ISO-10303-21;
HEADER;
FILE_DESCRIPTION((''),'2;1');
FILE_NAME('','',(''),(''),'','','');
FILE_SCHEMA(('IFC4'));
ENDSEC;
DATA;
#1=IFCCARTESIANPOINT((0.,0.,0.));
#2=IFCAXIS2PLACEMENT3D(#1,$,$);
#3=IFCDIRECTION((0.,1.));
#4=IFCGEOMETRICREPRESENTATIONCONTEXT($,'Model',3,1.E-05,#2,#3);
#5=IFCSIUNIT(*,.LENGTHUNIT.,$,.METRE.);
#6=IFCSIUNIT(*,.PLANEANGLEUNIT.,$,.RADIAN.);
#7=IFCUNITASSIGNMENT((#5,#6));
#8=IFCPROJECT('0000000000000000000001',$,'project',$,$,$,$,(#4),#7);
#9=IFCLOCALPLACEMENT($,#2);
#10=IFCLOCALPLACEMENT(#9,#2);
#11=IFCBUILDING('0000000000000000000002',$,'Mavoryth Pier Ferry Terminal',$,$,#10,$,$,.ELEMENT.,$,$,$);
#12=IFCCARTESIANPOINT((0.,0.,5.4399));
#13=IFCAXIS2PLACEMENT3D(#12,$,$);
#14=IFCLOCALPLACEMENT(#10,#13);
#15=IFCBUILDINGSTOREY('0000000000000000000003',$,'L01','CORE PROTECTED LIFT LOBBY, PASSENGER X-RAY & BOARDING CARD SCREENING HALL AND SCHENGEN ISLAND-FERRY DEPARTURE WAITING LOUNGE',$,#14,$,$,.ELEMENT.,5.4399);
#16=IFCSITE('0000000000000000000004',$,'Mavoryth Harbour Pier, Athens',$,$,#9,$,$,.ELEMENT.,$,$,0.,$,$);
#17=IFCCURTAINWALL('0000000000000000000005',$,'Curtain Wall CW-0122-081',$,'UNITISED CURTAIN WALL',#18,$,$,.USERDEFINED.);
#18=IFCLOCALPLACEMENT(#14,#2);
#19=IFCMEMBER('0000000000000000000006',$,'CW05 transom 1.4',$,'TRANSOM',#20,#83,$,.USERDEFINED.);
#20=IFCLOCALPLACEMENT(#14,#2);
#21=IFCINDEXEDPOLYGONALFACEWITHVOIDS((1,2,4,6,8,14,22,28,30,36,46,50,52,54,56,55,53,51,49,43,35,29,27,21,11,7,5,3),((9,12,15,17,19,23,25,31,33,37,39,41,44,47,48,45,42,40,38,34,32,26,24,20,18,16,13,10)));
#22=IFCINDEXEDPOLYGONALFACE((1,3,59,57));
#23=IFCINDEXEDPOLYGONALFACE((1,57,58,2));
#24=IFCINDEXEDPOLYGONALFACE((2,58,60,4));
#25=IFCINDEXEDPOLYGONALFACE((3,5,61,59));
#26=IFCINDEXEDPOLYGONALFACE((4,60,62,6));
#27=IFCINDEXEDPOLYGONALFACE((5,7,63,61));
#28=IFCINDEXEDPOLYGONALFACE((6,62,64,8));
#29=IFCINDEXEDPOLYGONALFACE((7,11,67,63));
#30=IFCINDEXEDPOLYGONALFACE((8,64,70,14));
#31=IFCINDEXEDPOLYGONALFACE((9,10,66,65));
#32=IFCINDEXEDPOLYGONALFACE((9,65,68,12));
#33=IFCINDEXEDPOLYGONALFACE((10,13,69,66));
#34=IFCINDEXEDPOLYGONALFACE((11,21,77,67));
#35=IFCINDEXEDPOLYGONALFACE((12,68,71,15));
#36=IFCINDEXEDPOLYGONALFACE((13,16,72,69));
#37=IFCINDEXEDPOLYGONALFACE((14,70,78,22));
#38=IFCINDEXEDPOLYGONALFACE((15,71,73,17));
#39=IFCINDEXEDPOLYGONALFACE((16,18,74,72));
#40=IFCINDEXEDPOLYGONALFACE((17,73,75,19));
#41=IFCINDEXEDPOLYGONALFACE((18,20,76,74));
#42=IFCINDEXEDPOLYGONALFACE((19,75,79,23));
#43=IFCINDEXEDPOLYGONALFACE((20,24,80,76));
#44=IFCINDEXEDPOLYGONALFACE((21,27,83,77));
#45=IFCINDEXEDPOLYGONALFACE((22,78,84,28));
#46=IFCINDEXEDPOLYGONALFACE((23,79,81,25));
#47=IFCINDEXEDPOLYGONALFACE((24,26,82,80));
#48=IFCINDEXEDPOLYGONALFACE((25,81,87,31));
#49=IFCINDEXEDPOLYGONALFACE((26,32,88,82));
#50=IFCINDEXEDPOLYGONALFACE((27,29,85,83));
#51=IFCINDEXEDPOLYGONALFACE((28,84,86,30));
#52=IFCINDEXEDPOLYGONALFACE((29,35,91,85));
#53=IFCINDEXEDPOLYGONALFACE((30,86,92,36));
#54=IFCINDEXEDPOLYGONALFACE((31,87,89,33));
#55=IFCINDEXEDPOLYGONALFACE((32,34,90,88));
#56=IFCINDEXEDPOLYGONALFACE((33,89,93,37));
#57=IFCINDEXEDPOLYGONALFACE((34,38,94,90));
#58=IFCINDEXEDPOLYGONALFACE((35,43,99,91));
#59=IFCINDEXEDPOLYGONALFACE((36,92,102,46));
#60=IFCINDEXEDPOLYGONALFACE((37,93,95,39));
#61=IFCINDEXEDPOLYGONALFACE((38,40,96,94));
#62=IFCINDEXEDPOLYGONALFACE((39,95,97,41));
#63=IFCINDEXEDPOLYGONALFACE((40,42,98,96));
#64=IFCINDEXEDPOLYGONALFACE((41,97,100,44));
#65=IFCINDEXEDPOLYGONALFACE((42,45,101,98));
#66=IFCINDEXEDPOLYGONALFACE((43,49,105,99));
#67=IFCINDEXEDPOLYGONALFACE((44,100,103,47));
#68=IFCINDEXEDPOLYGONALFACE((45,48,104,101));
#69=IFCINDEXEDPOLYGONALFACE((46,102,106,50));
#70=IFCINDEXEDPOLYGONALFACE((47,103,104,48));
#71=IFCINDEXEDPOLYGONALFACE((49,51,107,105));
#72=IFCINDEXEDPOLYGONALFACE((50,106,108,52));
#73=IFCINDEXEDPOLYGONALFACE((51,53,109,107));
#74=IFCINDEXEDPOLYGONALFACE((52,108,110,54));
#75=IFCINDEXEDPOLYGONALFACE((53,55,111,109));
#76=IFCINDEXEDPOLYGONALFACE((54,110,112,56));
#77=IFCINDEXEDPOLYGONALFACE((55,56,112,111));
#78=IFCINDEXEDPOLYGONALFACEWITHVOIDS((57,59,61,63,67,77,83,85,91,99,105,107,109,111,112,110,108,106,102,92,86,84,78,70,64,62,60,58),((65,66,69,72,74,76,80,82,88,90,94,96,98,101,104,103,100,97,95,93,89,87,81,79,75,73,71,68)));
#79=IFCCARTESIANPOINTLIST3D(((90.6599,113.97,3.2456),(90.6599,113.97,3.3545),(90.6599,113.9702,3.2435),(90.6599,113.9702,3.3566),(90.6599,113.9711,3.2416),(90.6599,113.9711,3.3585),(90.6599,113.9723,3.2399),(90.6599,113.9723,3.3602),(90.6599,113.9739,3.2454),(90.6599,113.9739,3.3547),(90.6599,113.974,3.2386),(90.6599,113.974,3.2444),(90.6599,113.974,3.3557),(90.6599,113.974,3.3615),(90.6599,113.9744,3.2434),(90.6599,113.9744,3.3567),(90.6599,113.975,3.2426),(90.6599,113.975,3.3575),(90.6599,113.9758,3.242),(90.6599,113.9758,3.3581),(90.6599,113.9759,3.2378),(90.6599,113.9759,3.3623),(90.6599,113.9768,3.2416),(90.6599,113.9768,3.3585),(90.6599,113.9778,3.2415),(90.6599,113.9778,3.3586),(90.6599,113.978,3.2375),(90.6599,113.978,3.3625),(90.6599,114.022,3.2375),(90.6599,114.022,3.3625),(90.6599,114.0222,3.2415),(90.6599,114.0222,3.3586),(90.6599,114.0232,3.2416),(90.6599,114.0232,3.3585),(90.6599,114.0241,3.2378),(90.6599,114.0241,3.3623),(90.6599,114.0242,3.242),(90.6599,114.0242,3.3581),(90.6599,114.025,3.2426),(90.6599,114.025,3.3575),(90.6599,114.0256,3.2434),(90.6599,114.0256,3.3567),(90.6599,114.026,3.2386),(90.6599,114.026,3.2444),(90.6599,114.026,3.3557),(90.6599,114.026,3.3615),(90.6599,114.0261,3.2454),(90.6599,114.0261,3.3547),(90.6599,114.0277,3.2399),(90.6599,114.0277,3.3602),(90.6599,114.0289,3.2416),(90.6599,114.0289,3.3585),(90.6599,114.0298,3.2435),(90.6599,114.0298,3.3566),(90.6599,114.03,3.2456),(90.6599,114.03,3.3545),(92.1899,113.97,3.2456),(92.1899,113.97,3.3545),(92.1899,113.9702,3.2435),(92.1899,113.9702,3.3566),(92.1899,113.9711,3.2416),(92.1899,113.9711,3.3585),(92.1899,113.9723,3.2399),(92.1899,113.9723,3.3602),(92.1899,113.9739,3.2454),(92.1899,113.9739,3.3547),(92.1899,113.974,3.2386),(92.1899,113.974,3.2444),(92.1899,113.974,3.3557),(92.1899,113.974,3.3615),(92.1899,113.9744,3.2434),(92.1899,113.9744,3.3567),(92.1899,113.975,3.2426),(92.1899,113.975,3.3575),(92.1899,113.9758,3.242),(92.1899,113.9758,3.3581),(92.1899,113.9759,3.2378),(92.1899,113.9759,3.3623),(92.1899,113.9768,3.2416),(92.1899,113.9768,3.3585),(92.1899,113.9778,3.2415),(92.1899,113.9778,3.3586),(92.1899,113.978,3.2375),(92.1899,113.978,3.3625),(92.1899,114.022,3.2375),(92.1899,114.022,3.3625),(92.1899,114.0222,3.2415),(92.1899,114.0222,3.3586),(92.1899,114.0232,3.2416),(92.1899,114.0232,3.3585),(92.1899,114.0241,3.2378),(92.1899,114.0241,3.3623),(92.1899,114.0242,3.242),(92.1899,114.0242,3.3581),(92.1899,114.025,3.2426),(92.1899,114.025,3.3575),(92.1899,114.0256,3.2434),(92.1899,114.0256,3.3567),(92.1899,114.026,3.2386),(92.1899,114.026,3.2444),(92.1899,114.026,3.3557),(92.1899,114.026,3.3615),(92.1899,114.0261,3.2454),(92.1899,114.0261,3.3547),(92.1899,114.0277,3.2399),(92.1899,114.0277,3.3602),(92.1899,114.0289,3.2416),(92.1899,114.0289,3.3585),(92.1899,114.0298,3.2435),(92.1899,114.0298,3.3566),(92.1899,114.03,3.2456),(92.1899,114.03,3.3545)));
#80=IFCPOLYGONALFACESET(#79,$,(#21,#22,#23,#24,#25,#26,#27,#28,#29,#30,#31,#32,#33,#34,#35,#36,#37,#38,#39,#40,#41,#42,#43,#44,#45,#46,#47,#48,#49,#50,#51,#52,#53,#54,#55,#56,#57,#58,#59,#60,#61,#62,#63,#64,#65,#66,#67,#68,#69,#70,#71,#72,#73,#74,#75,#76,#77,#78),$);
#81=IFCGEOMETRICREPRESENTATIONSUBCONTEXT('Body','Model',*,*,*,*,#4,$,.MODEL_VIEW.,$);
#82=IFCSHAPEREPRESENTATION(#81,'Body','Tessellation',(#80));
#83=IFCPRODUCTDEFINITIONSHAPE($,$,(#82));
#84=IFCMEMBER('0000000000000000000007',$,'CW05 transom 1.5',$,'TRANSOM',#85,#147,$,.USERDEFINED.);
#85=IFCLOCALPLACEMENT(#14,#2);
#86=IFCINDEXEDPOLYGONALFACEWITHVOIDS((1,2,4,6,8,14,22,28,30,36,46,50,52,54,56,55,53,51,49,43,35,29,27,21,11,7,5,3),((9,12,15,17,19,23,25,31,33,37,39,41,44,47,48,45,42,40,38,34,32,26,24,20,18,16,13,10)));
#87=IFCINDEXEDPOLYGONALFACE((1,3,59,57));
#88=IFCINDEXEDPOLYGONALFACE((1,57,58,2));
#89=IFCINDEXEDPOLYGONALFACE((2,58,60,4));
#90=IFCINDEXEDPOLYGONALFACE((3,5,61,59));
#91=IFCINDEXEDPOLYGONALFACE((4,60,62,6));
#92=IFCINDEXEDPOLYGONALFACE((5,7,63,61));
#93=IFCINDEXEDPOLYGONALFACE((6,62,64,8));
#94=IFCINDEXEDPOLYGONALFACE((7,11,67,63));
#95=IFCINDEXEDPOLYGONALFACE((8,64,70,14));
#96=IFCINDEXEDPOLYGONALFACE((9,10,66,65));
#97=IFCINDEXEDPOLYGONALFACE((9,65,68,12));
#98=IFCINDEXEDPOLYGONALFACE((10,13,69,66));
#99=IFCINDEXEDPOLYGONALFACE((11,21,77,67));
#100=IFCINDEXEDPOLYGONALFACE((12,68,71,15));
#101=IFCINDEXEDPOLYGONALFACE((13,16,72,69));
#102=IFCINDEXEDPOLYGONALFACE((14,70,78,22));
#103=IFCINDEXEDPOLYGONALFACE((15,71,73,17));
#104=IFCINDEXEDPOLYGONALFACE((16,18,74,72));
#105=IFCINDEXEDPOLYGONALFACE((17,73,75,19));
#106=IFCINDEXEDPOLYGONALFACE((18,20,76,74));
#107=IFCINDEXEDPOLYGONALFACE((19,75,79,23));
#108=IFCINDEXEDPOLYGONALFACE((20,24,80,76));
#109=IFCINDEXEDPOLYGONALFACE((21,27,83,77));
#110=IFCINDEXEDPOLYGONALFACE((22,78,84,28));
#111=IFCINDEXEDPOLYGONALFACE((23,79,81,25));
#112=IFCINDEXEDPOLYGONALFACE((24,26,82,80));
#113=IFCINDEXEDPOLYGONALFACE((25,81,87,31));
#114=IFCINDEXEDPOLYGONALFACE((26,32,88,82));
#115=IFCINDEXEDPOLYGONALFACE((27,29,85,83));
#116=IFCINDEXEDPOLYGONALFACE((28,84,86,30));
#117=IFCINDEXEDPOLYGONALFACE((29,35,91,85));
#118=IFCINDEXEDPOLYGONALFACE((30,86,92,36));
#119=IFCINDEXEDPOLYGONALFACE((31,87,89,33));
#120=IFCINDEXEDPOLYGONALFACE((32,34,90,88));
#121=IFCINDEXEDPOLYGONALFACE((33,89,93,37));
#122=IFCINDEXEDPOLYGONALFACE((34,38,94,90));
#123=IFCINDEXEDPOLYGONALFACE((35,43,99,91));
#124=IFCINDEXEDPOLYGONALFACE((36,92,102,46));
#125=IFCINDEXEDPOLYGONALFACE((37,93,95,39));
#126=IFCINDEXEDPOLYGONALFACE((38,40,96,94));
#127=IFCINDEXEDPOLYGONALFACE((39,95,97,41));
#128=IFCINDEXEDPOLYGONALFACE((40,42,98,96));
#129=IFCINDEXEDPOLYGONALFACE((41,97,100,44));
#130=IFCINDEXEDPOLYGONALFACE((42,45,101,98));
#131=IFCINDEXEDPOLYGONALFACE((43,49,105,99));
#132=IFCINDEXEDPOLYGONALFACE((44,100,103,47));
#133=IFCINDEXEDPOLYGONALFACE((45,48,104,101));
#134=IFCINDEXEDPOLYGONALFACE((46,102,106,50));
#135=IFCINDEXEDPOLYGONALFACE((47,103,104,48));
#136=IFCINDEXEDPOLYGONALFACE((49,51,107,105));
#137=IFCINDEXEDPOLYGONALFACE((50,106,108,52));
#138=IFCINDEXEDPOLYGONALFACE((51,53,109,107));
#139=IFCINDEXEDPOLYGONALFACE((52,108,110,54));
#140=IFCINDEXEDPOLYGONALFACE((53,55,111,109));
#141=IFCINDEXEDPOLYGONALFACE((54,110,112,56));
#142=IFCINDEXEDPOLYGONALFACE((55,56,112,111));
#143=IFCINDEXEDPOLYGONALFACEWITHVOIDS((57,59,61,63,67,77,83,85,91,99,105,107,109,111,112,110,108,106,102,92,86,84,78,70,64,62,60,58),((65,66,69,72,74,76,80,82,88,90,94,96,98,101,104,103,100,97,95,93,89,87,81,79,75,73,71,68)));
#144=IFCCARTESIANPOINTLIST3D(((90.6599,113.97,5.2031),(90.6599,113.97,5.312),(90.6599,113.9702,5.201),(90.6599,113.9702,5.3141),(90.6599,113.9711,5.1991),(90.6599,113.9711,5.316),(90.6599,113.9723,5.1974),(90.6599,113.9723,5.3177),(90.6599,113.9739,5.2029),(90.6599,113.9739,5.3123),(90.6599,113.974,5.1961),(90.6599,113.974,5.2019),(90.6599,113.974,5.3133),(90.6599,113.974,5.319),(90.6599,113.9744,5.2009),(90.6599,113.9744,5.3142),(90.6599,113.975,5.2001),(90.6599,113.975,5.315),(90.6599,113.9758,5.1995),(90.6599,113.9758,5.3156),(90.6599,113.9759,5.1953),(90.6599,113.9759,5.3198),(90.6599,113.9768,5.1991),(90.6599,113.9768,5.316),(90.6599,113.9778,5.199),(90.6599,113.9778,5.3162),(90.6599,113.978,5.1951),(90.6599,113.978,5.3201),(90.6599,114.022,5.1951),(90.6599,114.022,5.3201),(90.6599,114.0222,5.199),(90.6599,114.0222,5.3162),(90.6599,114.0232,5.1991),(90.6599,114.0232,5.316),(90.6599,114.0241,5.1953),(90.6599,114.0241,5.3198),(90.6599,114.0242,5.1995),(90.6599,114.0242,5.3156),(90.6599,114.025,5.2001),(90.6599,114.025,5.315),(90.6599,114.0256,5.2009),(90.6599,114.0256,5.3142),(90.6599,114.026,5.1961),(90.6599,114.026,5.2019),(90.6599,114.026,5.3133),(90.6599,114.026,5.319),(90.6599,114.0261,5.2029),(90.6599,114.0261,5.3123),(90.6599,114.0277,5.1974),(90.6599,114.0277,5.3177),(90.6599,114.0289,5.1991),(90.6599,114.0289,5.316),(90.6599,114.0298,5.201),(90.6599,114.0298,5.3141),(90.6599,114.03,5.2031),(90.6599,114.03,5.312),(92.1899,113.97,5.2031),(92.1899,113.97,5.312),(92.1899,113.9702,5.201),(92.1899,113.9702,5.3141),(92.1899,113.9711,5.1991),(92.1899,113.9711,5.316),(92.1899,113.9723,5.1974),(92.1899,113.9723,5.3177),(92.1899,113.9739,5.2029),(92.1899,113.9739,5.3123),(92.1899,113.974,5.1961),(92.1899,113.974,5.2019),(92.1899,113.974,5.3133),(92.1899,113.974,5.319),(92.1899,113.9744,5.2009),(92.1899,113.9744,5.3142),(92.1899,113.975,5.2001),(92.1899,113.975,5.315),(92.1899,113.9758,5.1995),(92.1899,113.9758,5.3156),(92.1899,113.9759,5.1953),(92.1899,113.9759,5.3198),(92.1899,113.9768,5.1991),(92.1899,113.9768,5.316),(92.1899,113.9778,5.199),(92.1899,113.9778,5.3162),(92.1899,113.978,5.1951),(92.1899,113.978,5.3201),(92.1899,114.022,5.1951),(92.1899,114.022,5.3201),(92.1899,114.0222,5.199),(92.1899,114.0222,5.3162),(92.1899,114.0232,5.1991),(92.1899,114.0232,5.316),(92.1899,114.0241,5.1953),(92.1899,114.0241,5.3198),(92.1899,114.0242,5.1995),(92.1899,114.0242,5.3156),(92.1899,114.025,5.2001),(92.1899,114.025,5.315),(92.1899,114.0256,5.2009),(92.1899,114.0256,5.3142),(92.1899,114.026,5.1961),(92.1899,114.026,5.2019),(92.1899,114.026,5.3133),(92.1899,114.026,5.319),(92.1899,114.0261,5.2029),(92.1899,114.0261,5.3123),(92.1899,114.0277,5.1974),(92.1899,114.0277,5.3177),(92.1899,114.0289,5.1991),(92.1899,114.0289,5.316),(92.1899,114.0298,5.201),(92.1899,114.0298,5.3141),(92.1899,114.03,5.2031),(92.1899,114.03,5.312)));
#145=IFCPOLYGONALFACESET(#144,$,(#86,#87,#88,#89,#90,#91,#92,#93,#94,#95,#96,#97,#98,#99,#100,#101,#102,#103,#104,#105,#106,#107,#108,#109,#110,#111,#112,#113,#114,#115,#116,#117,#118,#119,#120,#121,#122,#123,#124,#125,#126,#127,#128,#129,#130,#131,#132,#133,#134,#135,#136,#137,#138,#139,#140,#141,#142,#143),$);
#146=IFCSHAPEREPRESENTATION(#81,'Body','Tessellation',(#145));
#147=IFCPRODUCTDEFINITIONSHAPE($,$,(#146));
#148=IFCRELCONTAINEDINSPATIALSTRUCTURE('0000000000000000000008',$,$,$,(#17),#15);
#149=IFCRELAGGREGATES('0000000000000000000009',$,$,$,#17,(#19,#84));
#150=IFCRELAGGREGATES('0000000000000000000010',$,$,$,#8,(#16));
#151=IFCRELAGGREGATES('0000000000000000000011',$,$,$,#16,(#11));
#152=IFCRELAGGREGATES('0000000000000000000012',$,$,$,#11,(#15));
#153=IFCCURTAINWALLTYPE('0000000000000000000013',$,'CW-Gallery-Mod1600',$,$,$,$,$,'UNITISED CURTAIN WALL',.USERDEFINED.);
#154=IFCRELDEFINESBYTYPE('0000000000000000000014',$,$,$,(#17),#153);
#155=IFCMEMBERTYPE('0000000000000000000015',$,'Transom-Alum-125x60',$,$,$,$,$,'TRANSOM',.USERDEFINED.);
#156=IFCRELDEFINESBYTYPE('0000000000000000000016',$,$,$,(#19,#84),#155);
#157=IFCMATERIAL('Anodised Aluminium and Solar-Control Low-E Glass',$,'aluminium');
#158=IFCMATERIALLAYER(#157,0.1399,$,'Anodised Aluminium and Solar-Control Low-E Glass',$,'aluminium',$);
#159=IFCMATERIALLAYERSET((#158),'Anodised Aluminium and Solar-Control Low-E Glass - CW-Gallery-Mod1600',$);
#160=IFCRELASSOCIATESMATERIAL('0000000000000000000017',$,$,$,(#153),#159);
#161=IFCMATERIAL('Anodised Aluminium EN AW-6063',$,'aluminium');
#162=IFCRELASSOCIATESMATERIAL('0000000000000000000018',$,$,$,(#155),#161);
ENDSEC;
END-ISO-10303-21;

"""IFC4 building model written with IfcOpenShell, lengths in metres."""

from ifc_helpers import new_model, si_unit, direction, frame, origin, origin_2d, place, context, subcontext, project, spatial, hollow_rectangle, extrude, material, layer, layer_set, material_profile, profile_set, type_object, element, aggregate, save


model = new_model("IFC4")

# Units and contexts
model_context = context("Model", 3, precision=1e-05, world=origin(), true_north=direction((0.0, 1.0)))
body_context = subcontext(model_context, "Body", "Model", "MODEL_VIEW")
ifc_project = project(units=[si_unit("LENGTHUNIT", "METRE"), si_unit("PLANEANGLEUNIT", "RADIAN")], contexts=[model_context])

# Site, building, storey
site_placement = place(None, origin())
site = spatial("IfcSite", under=ifc_project, at=site_placement, Name="Mavoryth Harbour Pier, Athens", CompositionType="ELEMENT", RefElevation=0.0)
building_placement = place(site_placement, origin())
building = spatial("IfcBuilding", under=site, at=building_placement, Name="Mavoryth Pier Ferry Terminal", CompositionType="ELEMENT")
storey_placement = place(building_placement, frame((0.0, 0.0, 5.4399)))
storey = spatial("IfcBuildingStorey", under=building, at=storey_placement, Name="L01", Description="CORE PROTECTED LIFT LOBBY, PASSENGER X-RAY & BOARDING CARD SCREENING HALL AND SCHENGEN ISLAND-FERRY DEPARTURE WAITING LOUNGE", CompositionType="ELEMENT", Elevation=5.4399)

# Curtain wall
ifc_material_1 = material(Name="Anodised Aluminium and Solar-Control Low-E Glass", Category="aluminium")
ifc_layer_1 = layer(ifc_material_1, 0.1399, Name="Anodised Aluminium and Solar-Control Low-E Glass", Category="aluminium")
ifc_layer_set_1 = layer_set([ifc_layer_1], Name="Anodised Aluminium and Solar-Control Low-E Glass - CW-Gallery-Mod1600")
curtain_wall_type = type_object("IfcCurtainWallType", Name="CW-Gallery-Mod1600", ElementType="UNITISED CURTAIN WALL", PredefinedType="USERDEFINED", material=ifc_layer_set_1)
curtain_wall_1_placement = place(storey_placement, origin())
curtain_wall_1 = element("IfcCurtainWall", 1, at=curtain_wall_1_placement, inside=storey, type_object=curtain_wall_type, Name="Curtain Wall CW-0122-081", ObjectType="UNITISED CURTAIN WALL", PredefinedType="USERDEFINED")
ifc_material_2 = material(Name="Anodised Aluminium EN AW-6063", Category="aluminium")

# Members
ifc_material_profile_1 = material_profile(ifc_material_2, hollow_rectangle(XDim=0.0601, YDim=0.125, WallThickness=0.0039, InnerFilletRadius=0.0039, OuterFilletRadius=0.0081, at=origin_2d()), Name="AL-TRAN 125x60x4", Category="aluminium")
ifc_profile_set_1 = profile_set([ifc_material_profile_1], Name="Anodised Aluminium EN AW-6063 - AL-TRAN 125x60x4")
member_type_1 = type_object("IfcMemberType", Name="Transom-Alum-125x60", ElementType="TRANSOM", PredefinedType="USERDEFINED", material=ifc_profile_set_1)
member_1_placement = place(storey_placement, frame((92.1899, 114.0, 3.3), z_axis=(-1.0, 0.0, 0.0), x_axis=(0.0, -1.0, 0.0)))
member_1 = element("IfcMember", 2, at=member_1_placement, type_object=member_type_1, Name="CW05 transom 1.4", ObjectType="TRANSOM", PredefinedType="USERDEFINED", context=body_context, shape_type="SweptSolid", body=[
    extrude(hollow_rectangle(XDim=0.0601, YDim=0.125, WallThickness=0.0039, InnerFilletRadius=0.0039, OuterFilletRadius=0.0081, at=origin_2d()), origin(), (0.0, 0.0, 1.0), 1.53),
])
member_2_placement = place(storey_placement, frame((92.1899, 114.0, 5.2576), z_axis=(-1.0, 0.0, 0.0), x_axis=(0.0, -1.0, 0.0)))
member_2 = element("IfcMember", 3, at=member_2_placement, type_object=member_type_1, Name="CW05 transom 1.5", ObjectType="TRANSOM", PredefinedType="USERDEFINED", context=body_context, shape_type="SweptSolid", body=[
    extrude(hollow_rectangle(XDim=0.0601, YDim=0.125, WallThickness=0.0039, InnerFilletRadius=0.0039, OuterFilletRadius=0.0081, at=origin_2d()), origin(), (0.0, 0.0, 1.0), 1.53),
])

aggregate(curtain_wall_1, [member_1, member_2])

save(model, "model.ifc")
